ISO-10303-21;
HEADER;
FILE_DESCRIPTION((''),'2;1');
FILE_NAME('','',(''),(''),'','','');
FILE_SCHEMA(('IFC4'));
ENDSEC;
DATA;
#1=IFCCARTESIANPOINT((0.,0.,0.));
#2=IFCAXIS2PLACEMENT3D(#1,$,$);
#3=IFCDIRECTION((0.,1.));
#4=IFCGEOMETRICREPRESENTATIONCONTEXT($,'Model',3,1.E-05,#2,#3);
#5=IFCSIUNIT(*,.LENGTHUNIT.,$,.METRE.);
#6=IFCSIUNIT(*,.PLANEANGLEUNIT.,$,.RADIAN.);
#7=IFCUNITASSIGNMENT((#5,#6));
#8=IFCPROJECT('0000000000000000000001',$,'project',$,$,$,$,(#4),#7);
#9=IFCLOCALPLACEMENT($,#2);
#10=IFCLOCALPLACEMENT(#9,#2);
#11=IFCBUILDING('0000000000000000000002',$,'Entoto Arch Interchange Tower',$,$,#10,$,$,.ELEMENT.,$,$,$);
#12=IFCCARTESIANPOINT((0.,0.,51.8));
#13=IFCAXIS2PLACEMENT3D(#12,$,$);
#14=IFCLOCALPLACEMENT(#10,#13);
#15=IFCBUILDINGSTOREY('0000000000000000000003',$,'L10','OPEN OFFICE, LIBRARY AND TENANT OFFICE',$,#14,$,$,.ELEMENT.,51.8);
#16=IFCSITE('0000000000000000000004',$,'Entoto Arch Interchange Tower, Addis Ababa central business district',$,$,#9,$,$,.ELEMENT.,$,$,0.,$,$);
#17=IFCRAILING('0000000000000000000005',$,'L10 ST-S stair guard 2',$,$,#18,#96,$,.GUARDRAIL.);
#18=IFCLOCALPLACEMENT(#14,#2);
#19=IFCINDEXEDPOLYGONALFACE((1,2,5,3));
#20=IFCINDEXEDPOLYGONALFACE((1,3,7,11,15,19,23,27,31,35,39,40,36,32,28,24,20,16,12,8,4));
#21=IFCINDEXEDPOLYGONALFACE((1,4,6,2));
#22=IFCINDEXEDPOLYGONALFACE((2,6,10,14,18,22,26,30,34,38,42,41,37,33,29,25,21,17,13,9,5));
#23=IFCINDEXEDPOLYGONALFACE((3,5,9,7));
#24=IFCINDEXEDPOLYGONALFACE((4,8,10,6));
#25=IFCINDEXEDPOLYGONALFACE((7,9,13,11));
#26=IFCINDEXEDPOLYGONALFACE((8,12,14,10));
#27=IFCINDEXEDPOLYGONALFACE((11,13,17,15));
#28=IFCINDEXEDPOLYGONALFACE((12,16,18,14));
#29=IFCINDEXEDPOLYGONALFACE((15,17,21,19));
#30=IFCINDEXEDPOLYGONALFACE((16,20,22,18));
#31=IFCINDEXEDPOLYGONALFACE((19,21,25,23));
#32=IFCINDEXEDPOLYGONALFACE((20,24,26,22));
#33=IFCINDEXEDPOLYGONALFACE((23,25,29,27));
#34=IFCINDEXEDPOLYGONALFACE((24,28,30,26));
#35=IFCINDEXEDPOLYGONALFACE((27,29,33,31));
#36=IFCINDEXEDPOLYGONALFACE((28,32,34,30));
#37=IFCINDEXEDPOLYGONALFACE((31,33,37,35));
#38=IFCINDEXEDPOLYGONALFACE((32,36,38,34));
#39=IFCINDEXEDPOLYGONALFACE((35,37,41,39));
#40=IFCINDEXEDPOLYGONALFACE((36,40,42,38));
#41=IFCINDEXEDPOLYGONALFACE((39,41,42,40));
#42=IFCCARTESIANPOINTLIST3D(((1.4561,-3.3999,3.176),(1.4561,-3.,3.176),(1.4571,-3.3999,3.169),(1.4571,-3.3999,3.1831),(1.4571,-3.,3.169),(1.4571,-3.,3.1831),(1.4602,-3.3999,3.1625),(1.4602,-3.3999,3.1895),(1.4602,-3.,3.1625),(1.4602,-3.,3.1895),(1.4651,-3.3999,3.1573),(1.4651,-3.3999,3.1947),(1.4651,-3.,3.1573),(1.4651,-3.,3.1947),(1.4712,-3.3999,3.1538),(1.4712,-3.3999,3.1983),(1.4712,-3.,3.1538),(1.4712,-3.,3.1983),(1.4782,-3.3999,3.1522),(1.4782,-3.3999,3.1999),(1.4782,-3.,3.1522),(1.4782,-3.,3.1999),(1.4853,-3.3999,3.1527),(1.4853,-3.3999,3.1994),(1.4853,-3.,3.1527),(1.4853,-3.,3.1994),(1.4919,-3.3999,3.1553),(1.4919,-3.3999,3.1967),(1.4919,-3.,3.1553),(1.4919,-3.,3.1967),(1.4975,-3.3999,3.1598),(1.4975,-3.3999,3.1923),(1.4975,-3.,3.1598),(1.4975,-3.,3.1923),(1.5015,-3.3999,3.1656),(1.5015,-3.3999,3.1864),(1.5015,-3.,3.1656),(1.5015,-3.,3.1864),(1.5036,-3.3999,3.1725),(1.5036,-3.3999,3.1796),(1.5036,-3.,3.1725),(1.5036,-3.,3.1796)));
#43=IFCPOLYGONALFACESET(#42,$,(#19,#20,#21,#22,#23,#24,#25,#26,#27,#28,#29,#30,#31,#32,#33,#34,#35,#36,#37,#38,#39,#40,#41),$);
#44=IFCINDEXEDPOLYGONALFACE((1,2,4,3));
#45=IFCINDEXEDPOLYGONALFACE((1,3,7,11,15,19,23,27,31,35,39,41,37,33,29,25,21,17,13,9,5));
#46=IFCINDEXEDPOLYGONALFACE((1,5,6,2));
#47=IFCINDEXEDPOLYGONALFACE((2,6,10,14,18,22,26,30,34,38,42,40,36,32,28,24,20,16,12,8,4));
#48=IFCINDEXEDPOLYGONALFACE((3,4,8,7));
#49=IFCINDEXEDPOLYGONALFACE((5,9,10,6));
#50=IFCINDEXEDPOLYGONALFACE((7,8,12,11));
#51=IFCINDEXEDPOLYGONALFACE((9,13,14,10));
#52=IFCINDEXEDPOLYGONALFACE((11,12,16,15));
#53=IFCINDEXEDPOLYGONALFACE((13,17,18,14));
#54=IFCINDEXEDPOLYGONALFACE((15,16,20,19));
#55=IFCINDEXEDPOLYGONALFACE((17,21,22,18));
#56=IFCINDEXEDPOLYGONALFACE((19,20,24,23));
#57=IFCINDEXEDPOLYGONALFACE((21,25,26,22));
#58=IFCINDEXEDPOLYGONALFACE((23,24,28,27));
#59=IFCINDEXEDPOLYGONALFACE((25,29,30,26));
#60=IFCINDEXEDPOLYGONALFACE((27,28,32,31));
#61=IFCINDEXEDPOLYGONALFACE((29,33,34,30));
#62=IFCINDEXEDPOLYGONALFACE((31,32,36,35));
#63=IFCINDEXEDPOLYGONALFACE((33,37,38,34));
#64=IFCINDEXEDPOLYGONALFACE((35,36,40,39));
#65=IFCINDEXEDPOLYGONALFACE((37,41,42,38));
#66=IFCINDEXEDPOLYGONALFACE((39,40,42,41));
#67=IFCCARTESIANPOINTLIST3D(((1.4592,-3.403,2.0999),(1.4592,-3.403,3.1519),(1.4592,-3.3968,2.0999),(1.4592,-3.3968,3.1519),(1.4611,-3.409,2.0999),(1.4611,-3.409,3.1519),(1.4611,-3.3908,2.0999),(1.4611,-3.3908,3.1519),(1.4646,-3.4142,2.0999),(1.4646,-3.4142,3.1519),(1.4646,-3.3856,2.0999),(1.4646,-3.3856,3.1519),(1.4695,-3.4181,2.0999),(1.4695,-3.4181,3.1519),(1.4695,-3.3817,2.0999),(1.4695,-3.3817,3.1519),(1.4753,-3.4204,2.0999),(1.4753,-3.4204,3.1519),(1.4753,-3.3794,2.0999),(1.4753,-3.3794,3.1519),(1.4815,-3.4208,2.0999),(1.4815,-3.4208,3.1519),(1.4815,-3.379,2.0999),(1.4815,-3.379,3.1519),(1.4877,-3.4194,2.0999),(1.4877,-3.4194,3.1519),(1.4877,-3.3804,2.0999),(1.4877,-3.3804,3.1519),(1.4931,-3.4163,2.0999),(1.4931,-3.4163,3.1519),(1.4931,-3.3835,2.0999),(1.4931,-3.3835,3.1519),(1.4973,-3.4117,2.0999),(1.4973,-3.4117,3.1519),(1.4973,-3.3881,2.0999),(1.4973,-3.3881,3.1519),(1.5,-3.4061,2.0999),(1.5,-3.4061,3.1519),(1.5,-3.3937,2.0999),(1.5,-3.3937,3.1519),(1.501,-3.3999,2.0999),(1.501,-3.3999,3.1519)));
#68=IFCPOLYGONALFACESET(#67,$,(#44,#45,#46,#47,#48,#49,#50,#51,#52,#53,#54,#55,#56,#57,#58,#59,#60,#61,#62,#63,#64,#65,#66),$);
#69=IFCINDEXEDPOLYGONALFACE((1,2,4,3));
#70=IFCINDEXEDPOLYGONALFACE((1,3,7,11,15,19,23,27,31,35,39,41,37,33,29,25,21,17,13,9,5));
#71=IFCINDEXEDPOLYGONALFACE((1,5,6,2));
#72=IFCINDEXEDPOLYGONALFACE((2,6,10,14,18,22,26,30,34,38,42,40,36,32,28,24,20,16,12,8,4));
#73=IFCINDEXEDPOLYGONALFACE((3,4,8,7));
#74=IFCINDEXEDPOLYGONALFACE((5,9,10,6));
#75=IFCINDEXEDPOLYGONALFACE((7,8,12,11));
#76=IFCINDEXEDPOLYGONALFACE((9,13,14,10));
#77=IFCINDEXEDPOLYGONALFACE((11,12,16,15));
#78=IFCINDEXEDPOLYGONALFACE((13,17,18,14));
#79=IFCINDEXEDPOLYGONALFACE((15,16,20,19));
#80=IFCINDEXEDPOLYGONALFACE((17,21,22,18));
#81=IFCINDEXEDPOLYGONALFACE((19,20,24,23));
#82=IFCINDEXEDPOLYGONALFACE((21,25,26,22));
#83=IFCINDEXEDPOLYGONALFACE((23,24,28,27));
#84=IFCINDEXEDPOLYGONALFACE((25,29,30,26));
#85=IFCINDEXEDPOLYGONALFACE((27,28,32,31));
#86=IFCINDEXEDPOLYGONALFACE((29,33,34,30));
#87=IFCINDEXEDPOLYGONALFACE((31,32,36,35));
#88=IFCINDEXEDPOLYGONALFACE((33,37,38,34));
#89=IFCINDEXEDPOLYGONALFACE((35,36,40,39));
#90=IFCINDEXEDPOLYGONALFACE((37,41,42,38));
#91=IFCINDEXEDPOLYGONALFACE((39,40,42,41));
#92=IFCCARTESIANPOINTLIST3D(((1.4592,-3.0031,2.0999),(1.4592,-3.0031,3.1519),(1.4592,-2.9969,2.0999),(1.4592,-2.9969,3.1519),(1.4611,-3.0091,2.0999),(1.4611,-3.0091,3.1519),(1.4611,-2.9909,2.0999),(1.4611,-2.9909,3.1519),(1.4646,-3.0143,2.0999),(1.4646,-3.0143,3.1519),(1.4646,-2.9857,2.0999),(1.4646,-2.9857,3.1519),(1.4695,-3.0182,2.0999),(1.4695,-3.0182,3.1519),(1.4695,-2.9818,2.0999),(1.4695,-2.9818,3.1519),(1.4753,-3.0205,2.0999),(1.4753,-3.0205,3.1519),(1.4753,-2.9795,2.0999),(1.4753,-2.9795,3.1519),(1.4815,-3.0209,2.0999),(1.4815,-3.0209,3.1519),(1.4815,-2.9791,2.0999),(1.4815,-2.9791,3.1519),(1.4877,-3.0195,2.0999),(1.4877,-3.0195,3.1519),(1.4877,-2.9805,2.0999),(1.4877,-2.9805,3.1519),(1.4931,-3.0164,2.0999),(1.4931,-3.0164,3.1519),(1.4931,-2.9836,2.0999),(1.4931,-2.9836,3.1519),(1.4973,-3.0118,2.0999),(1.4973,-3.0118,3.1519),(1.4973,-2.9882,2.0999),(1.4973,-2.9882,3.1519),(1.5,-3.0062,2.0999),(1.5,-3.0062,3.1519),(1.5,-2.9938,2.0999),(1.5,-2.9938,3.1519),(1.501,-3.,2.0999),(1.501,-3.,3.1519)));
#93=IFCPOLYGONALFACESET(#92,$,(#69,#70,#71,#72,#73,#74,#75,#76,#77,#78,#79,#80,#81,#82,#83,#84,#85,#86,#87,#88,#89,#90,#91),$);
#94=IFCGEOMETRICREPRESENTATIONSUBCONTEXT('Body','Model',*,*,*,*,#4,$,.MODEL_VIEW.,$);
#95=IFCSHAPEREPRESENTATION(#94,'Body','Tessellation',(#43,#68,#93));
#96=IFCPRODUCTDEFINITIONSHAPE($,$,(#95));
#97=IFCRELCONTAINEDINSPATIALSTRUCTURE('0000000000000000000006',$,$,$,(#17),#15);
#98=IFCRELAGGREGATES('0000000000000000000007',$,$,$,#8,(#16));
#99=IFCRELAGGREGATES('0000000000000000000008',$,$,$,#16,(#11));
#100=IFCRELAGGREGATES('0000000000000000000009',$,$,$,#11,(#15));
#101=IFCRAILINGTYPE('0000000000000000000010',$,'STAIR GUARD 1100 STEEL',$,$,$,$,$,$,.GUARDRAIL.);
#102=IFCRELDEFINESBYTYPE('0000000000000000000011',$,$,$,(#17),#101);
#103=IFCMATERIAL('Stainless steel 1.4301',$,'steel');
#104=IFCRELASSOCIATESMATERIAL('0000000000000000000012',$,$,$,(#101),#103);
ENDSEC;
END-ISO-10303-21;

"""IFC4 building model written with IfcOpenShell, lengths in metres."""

from ifc_helpers import new_model, si_unit, direction, frame, origin, origin_2d, place, context, subcontext, project, spatial, circle, extrude, material, type_object, element, save


model = new_model("IFC4")

# Units and contexts
model_context = context("Model", 3, precision=1e-05, world=origin(), true_north=direction((0.0, 1.0)))
body_context = subcontext(model_context, "Body", "Model", "MODEL_VIEW")
ifc_project = project(units=[si_unit("LENGTHUNIT", "METRE"), si_unit("PLANEANGLEUNIT", "RADIAN")], contexts=[model_context])

# Site, building, storey
site_placement = place(None, origin())
site = spatial("IfcSite", under=ifc_project, at=site_placement, Name="Entoto Arch Interchange Tower, Addis Ababa central business district", CompositionType="ELEMENT", RefElevation=0.0)
building_placement = place(site_placement, origin())
building = spatial("IfcBuilding", under=site, at=building_placement, Name="Entoto Arch Interchange Tower", CompositionType="ELEMENT")
storey_placement = place(building_placement, frame((0.0, 0.0, 51.8)))
storey = spatial("IfcBuildingStorey", under=building, at=storey_placement, Name="L10", Description="OPEN OFFICE, LIBRARY AND TENANT OFFICE", CompositionType="ELEMENT", Elevation=51.8)

# Railing
ifc_material_1 = material(Name="Stainless steel 1.4301", Category="steel")
railing_type_1 = type_object("IfcRailingType", Name="STAIR GUARD 1100 STEEL", PredefinedType="GUARDRAIL", material=ifc_material_1)
railing_1_placement = place(storey_placement, frame((1.48, -3.3999, 2.0999)))
element("IfcRailing", 1, at=railing_1_placement, inside=storey, type_object=railing_type_1, Name="L10 ST-S stair guard 2", PredefinedType="GUARDRAIL", context=body_context, shape_type="SweptSolid", body=[
    extrude(circle(Radius=0.0239, at=origin_2d()), frame((0.0, 0.0, 1.0762), z_axis=(0.0, 1.0, 0.0), x_axis=(-1.0, 0.0, 0.0)), (0.0, 0.0, 1.0), 0.3999),
    extrude(circle(Radius=0.021, at=origin_2d()), origin(), (0.0, 0.0, 1.0), 1.052),
    extrude(circle(Radius=0.021, at=origin_2d()), frame((0.0, 0.3999, 0.0)), (0.0, 0.0, 1.0), 1.052),
])

save(model, "model.ifc")
